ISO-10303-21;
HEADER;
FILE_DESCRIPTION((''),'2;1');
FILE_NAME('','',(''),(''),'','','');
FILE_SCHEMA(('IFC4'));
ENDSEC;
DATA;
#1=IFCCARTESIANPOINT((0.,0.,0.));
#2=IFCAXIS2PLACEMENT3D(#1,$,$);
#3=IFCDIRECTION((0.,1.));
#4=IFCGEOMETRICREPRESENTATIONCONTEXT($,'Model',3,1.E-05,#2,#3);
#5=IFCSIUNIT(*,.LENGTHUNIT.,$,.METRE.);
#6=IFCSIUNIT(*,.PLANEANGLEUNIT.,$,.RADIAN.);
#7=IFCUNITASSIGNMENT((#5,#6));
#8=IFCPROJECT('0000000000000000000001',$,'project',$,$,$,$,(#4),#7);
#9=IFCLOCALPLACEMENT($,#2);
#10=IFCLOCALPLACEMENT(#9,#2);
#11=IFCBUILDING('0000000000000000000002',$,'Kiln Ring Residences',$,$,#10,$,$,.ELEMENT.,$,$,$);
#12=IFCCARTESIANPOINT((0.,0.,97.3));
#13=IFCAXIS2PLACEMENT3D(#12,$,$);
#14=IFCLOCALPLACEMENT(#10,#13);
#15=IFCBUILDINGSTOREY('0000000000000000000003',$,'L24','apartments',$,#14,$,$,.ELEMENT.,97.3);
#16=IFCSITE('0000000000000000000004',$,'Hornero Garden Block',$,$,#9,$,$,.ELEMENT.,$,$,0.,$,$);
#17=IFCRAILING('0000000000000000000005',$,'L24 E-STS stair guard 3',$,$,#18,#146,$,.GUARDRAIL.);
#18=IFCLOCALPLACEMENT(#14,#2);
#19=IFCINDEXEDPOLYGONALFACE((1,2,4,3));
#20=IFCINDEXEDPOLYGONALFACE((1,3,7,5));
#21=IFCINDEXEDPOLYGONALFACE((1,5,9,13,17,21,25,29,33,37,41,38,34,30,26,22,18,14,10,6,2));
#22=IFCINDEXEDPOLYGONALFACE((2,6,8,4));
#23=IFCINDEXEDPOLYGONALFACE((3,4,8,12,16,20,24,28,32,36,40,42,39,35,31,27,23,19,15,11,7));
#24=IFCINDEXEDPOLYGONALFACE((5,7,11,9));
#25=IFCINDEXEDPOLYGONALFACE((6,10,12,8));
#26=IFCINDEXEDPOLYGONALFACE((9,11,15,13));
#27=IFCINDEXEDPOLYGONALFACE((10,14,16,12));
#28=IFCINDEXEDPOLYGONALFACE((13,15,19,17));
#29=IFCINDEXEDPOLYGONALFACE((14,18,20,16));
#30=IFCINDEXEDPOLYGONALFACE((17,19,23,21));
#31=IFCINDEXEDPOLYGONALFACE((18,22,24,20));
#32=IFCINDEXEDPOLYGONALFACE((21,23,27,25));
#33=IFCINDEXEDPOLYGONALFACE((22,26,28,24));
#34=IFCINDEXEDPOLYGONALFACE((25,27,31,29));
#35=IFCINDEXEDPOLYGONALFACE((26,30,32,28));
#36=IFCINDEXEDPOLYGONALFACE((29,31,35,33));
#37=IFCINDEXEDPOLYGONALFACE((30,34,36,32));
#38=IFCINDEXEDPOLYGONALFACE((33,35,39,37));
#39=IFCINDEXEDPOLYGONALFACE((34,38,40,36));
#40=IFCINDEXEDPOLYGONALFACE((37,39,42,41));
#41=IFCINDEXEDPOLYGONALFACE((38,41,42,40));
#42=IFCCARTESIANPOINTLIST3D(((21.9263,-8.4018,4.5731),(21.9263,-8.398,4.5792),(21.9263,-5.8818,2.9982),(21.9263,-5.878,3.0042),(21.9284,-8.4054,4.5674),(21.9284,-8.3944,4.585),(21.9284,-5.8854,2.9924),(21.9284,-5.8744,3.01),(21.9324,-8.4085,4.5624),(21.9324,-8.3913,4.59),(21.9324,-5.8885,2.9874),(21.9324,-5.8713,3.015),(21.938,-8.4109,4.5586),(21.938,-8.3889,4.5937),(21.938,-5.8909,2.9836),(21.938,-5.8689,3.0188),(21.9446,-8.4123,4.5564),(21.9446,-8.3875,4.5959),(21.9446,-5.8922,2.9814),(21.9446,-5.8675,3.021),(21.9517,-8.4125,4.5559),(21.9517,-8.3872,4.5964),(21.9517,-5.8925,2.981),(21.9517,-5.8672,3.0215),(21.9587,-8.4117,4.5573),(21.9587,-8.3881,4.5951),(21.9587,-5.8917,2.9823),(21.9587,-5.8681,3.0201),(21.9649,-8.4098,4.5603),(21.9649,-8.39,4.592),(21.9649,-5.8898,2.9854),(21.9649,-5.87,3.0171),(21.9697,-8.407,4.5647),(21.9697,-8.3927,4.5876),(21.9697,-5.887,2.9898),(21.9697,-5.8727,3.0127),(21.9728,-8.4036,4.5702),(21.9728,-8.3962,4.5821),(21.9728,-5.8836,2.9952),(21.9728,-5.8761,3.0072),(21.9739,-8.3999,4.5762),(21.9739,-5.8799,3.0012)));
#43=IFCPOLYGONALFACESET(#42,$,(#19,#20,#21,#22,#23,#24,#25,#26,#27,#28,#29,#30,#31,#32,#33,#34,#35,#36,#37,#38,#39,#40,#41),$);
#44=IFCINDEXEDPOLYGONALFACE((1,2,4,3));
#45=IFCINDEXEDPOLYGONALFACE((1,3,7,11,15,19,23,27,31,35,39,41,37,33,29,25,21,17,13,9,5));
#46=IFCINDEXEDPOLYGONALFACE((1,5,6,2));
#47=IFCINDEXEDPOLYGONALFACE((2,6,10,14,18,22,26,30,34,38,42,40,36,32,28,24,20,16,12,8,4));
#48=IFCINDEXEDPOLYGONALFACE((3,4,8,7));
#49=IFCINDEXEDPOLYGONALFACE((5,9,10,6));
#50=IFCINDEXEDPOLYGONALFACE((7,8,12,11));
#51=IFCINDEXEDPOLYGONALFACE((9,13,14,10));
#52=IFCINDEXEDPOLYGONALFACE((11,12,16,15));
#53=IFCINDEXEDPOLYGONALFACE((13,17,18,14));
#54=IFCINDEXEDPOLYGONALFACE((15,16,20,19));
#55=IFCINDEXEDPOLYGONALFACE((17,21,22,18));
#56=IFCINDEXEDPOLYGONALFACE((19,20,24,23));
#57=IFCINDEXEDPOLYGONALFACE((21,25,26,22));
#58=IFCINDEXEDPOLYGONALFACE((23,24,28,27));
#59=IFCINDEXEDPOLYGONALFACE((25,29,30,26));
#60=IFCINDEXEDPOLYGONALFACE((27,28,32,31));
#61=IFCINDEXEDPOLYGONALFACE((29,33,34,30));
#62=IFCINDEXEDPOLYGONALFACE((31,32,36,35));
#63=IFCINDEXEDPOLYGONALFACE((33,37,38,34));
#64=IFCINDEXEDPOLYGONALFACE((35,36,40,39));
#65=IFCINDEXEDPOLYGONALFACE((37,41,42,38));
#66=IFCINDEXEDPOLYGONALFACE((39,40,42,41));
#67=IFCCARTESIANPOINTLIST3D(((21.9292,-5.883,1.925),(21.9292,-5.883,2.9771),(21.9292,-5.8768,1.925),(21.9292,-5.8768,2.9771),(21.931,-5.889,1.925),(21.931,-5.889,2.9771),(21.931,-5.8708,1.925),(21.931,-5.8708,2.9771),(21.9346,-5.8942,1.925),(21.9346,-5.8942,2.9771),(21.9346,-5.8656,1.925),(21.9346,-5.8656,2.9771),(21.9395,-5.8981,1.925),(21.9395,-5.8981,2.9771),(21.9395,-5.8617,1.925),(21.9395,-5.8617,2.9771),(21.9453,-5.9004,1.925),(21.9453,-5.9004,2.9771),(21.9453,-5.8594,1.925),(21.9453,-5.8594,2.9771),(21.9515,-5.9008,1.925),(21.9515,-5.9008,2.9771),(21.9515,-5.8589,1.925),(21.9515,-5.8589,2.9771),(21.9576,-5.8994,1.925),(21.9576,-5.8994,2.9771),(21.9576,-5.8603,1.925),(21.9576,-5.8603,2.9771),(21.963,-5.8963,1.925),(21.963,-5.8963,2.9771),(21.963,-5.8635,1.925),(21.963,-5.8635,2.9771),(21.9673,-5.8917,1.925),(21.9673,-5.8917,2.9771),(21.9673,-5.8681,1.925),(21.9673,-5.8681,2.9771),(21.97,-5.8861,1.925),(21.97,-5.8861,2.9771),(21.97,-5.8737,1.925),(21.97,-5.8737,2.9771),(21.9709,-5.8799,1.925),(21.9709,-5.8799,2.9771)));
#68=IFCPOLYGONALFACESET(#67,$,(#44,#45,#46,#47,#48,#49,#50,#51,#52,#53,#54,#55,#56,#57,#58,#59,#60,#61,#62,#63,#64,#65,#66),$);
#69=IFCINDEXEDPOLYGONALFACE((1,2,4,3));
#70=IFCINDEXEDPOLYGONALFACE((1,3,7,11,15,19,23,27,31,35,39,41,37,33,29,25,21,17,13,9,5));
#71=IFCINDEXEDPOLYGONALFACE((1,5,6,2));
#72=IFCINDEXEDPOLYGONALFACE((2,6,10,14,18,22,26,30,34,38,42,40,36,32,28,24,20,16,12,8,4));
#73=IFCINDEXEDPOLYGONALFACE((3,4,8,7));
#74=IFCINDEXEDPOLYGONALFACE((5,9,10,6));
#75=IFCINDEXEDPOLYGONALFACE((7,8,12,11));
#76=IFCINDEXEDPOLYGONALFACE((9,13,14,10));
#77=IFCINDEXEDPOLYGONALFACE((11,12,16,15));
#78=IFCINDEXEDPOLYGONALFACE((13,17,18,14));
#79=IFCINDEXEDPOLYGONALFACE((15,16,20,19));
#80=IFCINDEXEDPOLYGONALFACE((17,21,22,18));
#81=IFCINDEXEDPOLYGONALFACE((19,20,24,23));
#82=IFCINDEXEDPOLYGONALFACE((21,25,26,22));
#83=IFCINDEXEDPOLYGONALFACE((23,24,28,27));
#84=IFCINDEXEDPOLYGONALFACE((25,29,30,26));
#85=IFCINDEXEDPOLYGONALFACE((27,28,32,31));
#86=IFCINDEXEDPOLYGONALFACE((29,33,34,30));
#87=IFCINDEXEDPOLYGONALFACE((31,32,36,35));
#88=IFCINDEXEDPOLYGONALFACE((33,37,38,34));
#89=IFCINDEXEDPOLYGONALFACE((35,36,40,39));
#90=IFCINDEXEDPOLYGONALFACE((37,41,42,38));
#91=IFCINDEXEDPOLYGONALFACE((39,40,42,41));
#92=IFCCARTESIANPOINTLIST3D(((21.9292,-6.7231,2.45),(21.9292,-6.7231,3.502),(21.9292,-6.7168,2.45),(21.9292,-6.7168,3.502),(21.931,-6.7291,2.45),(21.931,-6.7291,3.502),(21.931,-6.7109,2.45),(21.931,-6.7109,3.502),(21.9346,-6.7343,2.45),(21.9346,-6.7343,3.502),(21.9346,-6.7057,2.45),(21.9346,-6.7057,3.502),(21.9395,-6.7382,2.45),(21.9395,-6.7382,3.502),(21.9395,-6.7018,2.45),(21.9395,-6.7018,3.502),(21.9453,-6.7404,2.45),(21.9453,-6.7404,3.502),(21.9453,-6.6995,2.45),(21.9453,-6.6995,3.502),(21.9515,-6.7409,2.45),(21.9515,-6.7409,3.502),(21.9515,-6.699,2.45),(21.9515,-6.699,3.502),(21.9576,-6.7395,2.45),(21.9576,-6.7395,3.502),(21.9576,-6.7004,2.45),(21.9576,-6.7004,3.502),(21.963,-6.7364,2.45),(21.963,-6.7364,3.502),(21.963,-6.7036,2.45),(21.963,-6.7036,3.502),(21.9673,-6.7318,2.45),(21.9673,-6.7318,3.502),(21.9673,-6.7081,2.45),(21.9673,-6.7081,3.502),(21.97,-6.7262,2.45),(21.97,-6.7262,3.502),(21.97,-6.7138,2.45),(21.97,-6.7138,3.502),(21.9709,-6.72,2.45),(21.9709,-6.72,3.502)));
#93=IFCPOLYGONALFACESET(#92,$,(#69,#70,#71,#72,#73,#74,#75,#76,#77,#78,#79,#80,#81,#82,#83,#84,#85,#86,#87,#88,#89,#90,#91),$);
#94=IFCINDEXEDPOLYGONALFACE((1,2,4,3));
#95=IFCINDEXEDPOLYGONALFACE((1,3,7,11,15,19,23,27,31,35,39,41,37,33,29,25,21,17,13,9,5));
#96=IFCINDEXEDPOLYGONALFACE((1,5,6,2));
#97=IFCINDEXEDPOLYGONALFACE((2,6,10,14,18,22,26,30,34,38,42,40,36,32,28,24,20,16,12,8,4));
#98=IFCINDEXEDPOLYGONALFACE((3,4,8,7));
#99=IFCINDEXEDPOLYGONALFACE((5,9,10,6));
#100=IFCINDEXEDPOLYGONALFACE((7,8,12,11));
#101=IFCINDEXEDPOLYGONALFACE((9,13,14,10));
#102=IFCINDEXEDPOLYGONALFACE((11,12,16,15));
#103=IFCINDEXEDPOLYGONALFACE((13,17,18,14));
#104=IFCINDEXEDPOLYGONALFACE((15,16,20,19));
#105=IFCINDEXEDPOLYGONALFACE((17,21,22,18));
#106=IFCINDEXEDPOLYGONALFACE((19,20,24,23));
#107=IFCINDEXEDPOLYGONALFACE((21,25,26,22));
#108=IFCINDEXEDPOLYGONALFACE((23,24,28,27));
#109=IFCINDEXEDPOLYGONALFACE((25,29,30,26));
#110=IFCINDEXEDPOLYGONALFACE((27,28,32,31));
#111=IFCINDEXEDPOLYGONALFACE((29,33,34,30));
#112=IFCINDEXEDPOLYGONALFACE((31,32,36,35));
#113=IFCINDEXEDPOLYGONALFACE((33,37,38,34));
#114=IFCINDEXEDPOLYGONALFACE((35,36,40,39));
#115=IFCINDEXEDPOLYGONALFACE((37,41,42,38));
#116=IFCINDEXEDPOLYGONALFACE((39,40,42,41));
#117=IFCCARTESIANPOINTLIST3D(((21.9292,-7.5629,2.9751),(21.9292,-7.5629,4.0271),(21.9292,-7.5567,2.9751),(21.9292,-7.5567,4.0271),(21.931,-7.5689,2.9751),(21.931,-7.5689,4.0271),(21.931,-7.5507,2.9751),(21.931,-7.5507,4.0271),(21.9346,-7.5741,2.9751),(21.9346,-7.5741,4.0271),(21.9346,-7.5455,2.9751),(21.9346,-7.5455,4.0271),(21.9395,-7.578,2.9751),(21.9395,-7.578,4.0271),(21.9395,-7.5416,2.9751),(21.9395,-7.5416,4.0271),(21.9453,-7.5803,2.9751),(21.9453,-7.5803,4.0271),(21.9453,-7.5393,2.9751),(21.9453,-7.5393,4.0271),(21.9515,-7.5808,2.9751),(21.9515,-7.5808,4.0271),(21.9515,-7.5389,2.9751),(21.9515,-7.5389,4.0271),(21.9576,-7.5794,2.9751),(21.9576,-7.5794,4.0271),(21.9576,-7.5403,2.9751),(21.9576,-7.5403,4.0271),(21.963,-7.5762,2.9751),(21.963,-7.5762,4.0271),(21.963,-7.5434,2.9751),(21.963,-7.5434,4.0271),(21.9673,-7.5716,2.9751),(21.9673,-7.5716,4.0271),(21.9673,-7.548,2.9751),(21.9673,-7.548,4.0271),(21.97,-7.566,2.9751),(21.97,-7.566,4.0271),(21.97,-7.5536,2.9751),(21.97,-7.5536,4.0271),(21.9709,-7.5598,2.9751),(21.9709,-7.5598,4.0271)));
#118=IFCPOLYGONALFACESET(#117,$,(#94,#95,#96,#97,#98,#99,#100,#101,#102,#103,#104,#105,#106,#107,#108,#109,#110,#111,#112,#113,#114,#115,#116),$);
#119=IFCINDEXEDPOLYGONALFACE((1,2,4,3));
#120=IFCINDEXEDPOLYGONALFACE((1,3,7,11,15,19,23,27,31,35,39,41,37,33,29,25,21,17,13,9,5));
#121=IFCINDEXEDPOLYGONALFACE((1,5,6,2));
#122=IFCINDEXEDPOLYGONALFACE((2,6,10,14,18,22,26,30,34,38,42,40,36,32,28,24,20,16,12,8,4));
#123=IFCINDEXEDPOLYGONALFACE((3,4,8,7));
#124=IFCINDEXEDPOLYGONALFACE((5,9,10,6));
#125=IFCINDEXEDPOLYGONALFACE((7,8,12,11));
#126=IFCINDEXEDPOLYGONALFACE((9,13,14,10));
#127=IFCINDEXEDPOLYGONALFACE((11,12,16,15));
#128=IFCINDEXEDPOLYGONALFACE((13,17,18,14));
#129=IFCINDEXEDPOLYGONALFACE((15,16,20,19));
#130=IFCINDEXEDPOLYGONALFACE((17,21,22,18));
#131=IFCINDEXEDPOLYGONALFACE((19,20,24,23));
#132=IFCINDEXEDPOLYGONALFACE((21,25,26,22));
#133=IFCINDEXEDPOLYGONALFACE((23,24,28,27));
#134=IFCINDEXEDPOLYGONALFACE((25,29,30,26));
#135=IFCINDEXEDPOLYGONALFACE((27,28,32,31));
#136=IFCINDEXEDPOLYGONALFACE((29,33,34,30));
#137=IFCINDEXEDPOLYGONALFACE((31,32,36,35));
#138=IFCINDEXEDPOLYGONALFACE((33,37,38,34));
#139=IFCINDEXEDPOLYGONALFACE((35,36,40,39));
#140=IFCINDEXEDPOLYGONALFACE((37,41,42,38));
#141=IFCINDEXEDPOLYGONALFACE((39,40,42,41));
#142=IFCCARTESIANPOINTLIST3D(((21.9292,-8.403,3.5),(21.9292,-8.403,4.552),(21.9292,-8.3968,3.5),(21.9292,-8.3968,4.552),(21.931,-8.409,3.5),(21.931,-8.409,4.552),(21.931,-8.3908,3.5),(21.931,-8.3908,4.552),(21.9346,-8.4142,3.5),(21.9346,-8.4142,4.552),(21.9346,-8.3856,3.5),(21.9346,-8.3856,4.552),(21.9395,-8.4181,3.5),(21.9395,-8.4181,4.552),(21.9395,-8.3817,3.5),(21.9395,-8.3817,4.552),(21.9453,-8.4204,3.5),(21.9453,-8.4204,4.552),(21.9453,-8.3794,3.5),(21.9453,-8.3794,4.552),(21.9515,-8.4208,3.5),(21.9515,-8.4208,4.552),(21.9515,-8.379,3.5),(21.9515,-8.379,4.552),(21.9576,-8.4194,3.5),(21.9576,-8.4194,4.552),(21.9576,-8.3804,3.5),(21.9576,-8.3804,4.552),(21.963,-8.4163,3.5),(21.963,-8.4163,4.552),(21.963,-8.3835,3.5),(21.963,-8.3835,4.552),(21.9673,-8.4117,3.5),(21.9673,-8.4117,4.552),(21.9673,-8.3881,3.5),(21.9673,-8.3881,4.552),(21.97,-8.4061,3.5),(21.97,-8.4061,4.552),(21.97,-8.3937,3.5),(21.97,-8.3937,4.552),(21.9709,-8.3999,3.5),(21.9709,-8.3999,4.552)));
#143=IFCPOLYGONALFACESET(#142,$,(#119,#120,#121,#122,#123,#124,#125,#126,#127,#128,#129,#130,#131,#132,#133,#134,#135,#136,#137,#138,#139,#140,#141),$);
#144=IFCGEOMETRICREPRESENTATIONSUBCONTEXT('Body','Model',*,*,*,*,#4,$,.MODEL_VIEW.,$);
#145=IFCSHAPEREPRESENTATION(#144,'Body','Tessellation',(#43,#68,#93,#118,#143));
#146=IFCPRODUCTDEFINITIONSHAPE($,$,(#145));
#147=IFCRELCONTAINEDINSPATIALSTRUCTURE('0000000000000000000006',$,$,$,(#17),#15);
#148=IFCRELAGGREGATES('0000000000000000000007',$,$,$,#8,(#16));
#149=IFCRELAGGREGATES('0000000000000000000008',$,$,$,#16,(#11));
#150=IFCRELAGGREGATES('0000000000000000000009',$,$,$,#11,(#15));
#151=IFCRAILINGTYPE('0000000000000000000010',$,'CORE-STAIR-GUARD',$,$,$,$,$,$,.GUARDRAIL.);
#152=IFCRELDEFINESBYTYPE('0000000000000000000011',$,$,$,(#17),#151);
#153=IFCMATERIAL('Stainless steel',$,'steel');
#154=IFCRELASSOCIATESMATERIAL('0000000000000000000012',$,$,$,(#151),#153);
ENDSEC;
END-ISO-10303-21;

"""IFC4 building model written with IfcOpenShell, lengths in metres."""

from ifc_helpers import new_model, si_unit, direction, frame, origin, origin_2d, place, context, subcontext, project, spatial, circle, extrude, material, type_object, element, save


model = new_model("IFC4")

# Units and contexts
model_context = context("Model", 3, precision=1e-05, world=origin(), true_north=direction((0.0, 1.0)))
body_context = subcontext(model_context, "Body", "Model", "MODEL_VIEW")
ifc_project = project(units=[si_unit("LENGTHUNIT", "METRE"), si_unit("PLANEANGLEUNIT", "RADIAN")], contexts=[model_context])

# Site, building, storey
site_placement = place(None, origin())
site = spatial("IfcSite", under=ifc_project, at=site_placement, Name="Hornero Garden Block", CompositionType="ELEMENT", RefElevation=0.0)
building_placement = place(site_placement, origin())
building = spatial("IfcBuilding", under=site, at=building_placement, Name="Kiln Ring Residences", CompositionType="ELEMENT")
storey_placement = place(building_placement, frame((0.0, 0.0, 97.3)))
storey = spatial("IfcBuildingStorey", under=building, at=storey_placement, Name="L24", Description="apartments", CompositionType="ELEMENT", Elevation=97.3)

# Railing
ifc_material_1 = material(Name="Stainless steel", Category="steel")
railing_type_1 = type_object("IfcRailingType", Name="CORE-STAIR-GUARD", PredefinedType="GUARDRAIL", material=ifc_material_1)
railing_1_placement = place(storey_placement, frame((21.95, -5.8799, 1.925)))
element("IfcRailing", 1, at=railing_1_placement, inside=storey, type_object=railing_type_1, Name="L24 E-STS stair guard 3", PredefinedType="GUARDRAIL", context=body_context, shape_type="SweptSolid", body=[
    extrude(circle(Radius=0.0239, at=origin_2d()), frame((0.0, 0.0, 1.0762), z_axis=(0.0, -0.848008, 0.529984), x_axis=(1.0, 0.0, 0.0)), (0.0, 0.0, 1.0), 2.9717),
    extrude(circle(Radius=0.021, at=origin_2d()), origin(), (0.0, 0.0, 1.0), 1.052),
    extrude(circle(Radius=0.021, at=origin_2d()), frame((0.0, -0.8401, 0.5249)), (0.0, 0.0, 1.0), 1.052),
    extrude(circle(Radius=0.021, at=origin_2d()), frame((0.0, -1.6799, 1.05)), (0.0, 0.0, 1.0), 1.052),
    extrude(circle(Radius=0.021, at=origin_2d()), frame((0.0, -2.52, 1.575)), (0.0, 0.0, 1.0), 1.052),
])

save(model, "model.ifc")
